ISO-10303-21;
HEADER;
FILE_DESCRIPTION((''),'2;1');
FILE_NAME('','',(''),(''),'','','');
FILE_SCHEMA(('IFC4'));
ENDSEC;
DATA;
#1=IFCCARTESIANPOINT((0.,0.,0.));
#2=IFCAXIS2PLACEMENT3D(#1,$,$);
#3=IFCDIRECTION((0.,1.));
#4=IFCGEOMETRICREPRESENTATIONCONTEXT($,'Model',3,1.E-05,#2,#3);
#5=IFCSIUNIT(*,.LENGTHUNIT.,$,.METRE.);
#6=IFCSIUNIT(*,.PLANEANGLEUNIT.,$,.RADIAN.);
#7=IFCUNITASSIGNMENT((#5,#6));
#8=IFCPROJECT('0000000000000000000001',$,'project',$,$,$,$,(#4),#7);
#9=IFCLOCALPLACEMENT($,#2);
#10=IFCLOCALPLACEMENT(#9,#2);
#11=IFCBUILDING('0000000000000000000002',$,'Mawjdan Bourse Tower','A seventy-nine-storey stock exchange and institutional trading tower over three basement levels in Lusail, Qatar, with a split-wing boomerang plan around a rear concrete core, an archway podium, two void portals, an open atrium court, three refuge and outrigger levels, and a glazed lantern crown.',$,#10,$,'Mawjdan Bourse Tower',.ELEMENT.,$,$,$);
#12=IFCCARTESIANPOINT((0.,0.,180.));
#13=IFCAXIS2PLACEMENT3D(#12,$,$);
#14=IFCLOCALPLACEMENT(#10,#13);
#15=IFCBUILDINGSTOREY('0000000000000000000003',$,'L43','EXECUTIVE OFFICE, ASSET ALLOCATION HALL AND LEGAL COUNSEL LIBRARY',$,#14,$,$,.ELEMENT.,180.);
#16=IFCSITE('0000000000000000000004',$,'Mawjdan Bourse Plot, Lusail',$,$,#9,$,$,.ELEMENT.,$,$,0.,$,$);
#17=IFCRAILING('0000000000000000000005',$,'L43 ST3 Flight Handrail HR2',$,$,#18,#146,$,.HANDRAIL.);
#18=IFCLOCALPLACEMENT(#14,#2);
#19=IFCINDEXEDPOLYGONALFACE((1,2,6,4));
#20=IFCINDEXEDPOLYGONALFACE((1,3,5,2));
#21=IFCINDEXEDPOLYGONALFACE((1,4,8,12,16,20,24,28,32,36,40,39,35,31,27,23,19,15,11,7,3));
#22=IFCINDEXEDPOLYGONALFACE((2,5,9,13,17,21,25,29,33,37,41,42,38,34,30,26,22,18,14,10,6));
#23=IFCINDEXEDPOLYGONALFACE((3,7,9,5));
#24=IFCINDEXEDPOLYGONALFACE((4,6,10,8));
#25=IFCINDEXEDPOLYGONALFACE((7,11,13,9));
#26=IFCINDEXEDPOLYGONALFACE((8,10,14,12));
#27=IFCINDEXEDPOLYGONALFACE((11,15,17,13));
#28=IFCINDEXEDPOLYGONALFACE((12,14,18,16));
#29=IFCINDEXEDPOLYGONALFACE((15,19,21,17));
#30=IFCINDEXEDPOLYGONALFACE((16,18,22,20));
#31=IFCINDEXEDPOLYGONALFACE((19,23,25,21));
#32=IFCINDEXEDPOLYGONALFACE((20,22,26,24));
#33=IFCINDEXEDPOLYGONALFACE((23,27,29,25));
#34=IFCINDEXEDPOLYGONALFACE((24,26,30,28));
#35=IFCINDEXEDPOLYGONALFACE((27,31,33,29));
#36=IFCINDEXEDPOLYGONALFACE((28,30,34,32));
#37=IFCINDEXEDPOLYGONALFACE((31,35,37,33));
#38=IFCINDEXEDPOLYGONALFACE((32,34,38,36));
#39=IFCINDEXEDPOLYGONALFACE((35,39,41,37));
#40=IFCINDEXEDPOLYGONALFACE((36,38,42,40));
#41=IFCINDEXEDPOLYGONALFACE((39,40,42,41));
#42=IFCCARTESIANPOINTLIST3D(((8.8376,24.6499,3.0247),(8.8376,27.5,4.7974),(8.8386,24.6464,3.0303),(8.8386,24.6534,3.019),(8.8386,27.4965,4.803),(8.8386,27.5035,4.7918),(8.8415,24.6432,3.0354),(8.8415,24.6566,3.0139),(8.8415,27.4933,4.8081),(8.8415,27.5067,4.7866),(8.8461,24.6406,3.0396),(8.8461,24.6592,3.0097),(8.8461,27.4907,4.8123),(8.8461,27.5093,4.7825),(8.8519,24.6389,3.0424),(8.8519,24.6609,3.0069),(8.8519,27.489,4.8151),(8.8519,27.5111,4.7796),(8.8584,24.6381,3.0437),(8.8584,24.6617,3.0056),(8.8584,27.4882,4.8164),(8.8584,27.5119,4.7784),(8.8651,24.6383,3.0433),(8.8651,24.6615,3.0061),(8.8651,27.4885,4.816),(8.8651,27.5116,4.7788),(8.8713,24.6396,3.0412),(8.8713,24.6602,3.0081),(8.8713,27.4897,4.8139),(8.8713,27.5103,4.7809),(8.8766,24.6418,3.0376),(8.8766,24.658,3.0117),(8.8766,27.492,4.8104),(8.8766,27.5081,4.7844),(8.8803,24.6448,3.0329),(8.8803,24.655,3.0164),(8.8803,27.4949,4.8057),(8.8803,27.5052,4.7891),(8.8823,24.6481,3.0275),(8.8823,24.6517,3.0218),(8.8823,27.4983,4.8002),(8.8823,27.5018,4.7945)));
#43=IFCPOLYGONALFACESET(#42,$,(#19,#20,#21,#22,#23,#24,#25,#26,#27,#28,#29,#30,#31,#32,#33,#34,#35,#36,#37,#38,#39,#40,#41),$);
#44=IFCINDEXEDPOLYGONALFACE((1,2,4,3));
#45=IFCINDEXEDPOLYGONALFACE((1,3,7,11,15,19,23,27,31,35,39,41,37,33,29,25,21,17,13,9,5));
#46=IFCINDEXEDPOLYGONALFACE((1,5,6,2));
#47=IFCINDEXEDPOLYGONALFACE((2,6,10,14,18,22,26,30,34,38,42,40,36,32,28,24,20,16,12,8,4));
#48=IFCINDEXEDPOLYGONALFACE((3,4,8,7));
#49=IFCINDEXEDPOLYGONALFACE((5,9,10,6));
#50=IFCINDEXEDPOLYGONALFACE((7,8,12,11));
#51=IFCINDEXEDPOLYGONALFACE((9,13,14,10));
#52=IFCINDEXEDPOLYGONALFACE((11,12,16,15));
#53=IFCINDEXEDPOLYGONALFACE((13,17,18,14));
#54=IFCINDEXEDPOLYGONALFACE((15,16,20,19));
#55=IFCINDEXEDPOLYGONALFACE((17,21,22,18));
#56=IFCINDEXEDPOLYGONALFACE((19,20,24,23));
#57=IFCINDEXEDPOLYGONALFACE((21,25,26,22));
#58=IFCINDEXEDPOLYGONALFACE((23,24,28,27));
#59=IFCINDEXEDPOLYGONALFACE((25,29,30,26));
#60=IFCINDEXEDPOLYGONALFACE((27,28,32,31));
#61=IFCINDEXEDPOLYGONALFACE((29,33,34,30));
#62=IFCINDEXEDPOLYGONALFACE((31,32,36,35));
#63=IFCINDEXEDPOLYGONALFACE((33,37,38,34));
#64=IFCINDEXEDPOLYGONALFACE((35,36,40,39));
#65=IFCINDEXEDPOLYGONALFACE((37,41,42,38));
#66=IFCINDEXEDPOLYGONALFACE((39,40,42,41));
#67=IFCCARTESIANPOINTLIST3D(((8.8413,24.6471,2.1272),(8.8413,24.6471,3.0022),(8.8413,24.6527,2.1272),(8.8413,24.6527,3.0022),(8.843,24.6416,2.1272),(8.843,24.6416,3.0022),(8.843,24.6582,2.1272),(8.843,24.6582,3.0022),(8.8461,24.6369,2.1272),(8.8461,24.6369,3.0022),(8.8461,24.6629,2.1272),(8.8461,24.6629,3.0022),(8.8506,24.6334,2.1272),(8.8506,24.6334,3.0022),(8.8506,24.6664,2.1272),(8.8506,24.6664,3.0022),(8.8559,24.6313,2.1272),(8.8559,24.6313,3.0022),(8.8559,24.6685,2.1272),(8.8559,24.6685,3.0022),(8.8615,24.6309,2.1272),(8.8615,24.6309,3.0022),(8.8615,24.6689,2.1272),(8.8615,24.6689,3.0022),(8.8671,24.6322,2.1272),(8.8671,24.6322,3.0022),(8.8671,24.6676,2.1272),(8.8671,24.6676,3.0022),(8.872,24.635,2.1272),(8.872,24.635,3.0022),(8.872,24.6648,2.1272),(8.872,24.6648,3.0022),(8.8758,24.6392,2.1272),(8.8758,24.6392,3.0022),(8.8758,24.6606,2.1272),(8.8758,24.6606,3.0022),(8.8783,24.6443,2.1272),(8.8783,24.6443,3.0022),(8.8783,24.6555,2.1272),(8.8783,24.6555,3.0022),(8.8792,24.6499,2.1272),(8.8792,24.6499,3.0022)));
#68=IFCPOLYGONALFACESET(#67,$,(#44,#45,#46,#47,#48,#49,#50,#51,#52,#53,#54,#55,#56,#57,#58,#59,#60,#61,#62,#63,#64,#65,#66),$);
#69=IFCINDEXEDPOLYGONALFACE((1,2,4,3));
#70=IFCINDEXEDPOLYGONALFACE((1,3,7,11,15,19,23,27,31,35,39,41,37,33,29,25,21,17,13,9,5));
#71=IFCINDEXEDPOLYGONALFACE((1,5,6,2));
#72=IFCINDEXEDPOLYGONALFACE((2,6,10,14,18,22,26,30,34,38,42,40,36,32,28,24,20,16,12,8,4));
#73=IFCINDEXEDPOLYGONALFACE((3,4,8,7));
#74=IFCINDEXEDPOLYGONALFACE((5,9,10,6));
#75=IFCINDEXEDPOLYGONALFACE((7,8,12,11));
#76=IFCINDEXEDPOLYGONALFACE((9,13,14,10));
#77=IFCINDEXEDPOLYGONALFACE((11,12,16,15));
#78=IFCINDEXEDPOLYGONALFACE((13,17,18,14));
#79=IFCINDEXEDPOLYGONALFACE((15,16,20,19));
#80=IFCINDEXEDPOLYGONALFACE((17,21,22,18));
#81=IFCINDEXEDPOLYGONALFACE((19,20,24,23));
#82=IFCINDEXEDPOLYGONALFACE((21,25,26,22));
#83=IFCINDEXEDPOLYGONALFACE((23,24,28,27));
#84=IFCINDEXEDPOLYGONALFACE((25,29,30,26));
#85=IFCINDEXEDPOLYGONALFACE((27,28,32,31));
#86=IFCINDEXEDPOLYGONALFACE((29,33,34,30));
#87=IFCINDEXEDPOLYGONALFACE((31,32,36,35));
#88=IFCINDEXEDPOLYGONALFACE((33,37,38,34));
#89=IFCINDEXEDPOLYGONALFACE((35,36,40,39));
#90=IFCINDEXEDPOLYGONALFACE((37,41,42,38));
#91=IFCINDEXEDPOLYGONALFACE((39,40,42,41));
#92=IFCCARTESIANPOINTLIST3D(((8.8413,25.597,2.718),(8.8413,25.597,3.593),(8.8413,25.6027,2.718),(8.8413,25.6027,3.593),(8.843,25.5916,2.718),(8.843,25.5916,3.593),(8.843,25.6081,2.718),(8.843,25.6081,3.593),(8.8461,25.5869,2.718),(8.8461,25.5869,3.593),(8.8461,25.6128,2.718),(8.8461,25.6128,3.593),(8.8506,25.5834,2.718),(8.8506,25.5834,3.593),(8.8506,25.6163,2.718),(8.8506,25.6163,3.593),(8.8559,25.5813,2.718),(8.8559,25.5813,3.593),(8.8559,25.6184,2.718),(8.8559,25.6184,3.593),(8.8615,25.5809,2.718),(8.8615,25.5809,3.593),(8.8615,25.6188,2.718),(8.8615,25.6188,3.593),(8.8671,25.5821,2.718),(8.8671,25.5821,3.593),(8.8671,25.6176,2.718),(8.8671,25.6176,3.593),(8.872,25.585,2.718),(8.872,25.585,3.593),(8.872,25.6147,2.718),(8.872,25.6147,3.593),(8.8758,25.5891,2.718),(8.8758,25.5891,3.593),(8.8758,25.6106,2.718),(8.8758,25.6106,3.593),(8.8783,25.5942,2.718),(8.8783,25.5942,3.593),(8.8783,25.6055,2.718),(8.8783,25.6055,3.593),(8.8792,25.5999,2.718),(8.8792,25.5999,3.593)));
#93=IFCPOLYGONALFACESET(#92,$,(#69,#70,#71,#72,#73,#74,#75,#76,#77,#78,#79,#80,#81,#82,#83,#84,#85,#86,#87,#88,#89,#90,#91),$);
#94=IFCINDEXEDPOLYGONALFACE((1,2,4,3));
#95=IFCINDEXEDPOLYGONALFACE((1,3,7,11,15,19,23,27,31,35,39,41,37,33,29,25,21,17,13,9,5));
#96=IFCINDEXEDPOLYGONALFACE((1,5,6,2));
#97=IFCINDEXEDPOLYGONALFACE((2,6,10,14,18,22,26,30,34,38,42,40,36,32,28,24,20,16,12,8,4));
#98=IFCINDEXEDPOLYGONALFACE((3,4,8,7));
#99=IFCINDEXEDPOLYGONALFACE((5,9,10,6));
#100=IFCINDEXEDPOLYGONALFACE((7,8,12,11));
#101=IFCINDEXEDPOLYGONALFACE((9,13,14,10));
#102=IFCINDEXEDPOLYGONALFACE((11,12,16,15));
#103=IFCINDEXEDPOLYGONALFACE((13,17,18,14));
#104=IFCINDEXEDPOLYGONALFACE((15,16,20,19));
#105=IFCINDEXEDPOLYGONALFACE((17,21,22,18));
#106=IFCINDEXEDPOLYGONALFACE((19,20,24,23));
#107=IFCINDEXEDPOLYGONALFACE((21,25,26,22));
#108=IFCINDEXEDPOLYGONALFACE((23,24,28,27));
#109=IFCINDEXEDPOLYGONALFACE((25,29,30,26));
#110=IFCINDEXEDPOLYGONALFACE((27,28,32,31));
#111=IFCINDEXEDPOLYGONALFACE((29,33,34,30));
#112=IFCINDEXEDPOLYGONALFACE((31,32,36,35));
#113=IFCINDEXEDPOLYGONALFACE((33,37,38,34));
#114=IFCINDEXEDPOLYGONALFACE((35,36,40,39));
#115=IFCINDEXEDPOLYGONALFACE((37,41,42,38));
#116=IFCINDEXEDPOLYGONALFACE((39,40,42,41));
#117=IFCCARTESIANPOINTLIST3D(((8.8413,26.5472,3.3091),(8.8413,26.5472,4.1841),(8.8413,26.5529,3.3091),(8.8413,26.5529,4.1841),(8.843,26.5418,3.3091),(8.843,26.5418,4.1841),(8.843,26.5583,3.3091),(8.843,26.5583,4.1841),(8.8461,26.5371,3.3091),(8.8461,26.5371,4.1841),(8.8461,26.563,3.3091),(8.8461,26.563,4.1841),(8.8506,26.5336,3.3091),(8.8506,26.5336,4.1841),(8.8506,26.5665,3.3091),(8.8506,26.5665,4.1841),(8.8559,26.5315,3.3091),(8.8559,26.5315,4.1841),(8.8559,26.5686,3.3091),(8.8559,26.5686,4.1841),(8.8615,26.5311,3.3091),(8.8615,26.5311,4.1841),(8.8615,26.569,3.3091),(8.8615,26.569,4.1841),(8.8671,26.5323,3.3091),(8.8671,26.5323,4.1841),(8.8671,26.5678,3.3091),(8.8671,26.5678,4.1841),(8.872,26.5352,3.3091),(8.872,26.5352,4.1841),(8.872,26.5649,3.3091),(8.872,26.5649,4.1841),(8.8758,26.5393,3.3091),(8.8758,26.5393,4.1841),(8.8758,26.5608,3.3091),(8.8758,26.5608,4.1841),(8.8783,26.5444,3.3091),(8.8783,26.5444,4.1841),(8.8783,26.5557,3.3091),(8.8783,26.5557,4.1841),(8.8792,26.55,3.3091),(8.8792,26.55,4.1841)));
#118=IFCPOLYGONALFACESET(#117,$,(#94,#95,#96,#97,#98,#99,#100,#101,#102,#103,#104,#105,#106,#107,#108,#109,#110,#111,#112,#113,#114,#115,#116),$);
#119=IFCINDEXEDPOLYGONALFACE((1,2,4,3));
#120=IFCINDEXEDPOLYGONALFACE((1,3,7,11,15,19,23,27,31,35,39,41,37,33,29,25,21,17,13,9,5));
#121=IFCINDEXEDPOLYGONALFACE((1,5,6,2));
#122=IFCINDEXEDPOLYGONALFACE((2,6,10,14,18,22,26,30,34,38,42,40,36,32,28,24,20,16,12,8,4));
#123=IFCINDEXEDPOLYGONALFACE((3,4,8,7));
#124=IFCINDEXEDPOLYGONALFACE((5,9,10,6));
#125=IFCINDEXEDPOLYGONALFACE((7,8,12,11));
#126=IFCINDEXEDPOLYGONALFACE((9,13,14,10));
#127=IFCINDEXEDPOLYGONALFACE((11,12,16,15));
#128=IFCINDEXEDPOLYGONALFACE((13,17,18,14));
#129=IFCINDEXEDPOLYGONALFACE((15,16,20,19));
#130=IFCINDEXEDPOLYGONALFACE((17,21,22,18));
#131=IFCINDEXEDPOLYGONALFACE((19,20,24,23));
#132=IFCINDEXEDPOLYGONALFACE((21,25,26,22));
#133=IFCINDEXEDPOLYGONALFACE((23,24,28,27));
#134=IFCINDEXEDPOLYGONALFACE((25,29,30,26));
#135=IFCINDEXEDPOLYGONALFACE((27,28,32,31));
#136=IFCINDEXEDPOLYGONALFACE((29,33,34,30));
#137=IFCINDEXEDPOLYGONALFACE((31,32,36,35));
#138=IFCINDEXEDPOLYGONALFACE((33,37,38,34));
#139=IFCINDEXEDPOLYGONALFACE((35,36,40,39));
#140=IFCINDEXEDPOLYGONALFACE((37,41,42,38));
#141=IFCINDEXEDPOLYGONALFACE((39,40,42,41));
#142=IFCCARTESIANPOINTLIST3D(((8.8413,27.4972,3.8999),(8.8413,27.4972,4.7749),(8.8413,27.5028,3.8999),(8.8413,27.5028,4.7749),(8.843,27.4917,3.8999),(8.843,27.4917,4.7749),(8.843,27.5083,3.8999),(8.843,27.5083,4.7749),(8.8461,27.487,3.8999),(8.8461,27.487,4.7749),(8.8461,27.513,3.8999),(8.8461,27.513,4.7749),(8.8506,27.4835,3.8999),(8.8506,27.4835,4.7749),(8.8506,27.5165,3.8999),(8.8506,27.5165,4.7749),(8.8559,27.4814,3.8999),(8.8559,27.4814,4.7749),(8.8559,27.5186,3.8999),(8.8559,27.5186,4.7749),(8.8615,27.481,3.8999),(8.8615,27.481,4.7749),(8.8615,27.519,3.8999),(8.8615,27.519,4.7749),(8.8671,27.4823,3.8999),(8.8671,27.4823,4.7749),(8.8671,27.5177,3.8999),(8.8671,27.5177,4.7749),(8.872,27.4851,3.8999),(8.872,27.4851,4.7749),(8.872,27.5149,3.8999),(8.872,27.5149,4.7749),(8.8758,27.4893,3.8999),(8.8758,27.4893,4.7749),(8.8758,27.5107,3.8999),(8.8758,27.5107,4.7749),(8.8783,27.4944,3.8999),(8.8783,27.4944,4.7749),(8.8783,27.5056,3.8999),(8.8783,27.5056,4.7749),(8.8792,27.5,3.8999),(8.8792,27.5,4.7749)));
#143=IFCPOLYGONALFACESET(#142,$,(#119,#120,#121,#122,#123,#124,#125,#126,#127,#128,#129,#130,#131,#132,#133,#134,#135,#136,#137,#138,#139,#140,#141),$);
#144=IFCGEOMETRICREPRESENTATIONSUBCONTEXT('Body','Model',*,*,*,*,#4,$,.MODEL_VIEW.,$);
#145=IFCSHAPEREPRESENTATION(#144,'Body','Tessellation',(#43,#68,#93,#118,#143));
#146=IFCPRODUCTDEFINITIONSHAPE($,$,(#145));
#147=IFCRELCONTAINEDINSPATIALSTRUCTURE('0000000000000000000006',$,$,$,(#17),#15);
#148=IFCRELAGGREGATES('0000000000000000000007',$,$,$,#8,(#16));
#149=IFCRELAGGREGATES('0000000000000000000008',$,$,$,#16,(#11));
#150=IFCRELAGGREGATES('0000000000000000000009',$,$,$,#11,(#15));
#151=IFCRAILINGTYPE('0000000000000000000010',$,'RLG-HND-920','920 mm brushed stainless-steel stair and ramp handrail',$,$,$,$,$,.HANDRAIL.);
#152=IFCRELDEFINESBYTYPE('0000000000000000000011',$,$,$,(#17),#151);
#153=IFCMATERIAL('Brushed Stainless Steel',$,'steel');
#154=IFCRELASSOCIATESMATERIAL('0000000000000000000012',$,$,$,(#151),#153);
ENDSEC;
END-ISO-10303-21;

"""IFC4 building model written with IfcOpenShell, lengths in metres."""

from ifc_helpers import new_model, si_unit, direction, frame, origin, origin_2d, place, context, subcontext, project, spatial, circle, extrude, material, type_object, element, save


model = new_model("IFC4")

# Units and contexts
model_context = context("Model", 3, precision=1e-05, world=origin(), true_north=direction((0.0, 1.0)))
body_context = subcontext(model_context, "Body", "Model", "MODEL_VIEW")
ifc_project = project(units=[si_unit("LENGTHUNIT", "METRE"), si_unit("PLANEANGLEUNIT", "RADIAN")], contexts=[model_context])

# Site, building, storey
site_placement = place(None, origin())
site = spatial("IfcSite", under=ifc_project, at=site_placement, Name="Mawjdan Bourse Plot, Lusail", CompositionType="ELEMENT", RefElevation=0.0)
building_placement = place(site_placement, origin())
building = spatial("IfcBuilding", under=site, at=building_placement, Name="Mawjdan Bourse Tower", Description="A seventy-nine-storey stock exchange and institutional trading tower over three basement levels in Lusail, Qatar, with a split-wing boomerang plan around a rear concrete core, an archway podium, two void portals, an open atrium court, three refuge and outrigger levels, and a glazed lantern crown.", LongName="Mawjdan Bourse Tower", CompositionType="ELEMENT")
storey_placement = place(building_placement, frame((0.0, 0.0, 180.0)))
storey = spatial("IfcBuildingStorey", under=building, at=storey_placement, Name="L43", Description="EXECUTIVE OFFICE, ASSET ALLOCATION HALL AND LEGAL COUNSEL LIBRARY", CompositionType="ELEMENT", Elevation=180.0)

# Railing
ifc_material_1 = material(Name="Brushed Stainless Steel", Category="steel")
railing_type_1 = type_object("IfcRailingType", Name="RLG-HND-920", Description="920 mm brushed stainless-steel stair and ramp handrail", PredefinedType="HANDRAIL", material=ifc_material_1)
railing_1_placement = place(storey_placement, frame((8.8601, 24.6499, 2.1272)))
element("IfcRailing", 1, at=railing_1_placement, inside=storey, type_object=railing_type_1, Name="L43 ST3 Flight Handrail HR2", PredefinedType="HANDRAIL", context=body_context, shape_type="SweptSolid", body=[
    extrude(circle(Radius=0.0225, at=origin_2d()), frame((0.0, 0.0, 0.8975), z_axis=(0.0, 0.849149, 0.528154), x_axis=(-1.0, 0.0, 0.0)), (0.0, 0.0, 1.0), 3.3564),
    extrude(circle(Radius=0.019, at=origin_2d()), origin(), (0.0, 0.0, 1.0), 0.875),
    extrude(circle(Radius=0.019, at=origin_2d()), frame((0.0, 0.95, 0.5908)), (0.0, 0.0, 1.0), 0.875),
    extrude(circle(Radius=0.019, at=origin_2d()), frame((0.0, 1.9001, 1.1819)), (0.0, 0.0, 1.0), 0.875),
    extrude(circle(Radius=0.019, at=origin_2d()), frame((0.0, 2.8501, 1.7727)), (0.0, 0.0, 1.0), 0.875),
])

save(model, "model.ifc")
